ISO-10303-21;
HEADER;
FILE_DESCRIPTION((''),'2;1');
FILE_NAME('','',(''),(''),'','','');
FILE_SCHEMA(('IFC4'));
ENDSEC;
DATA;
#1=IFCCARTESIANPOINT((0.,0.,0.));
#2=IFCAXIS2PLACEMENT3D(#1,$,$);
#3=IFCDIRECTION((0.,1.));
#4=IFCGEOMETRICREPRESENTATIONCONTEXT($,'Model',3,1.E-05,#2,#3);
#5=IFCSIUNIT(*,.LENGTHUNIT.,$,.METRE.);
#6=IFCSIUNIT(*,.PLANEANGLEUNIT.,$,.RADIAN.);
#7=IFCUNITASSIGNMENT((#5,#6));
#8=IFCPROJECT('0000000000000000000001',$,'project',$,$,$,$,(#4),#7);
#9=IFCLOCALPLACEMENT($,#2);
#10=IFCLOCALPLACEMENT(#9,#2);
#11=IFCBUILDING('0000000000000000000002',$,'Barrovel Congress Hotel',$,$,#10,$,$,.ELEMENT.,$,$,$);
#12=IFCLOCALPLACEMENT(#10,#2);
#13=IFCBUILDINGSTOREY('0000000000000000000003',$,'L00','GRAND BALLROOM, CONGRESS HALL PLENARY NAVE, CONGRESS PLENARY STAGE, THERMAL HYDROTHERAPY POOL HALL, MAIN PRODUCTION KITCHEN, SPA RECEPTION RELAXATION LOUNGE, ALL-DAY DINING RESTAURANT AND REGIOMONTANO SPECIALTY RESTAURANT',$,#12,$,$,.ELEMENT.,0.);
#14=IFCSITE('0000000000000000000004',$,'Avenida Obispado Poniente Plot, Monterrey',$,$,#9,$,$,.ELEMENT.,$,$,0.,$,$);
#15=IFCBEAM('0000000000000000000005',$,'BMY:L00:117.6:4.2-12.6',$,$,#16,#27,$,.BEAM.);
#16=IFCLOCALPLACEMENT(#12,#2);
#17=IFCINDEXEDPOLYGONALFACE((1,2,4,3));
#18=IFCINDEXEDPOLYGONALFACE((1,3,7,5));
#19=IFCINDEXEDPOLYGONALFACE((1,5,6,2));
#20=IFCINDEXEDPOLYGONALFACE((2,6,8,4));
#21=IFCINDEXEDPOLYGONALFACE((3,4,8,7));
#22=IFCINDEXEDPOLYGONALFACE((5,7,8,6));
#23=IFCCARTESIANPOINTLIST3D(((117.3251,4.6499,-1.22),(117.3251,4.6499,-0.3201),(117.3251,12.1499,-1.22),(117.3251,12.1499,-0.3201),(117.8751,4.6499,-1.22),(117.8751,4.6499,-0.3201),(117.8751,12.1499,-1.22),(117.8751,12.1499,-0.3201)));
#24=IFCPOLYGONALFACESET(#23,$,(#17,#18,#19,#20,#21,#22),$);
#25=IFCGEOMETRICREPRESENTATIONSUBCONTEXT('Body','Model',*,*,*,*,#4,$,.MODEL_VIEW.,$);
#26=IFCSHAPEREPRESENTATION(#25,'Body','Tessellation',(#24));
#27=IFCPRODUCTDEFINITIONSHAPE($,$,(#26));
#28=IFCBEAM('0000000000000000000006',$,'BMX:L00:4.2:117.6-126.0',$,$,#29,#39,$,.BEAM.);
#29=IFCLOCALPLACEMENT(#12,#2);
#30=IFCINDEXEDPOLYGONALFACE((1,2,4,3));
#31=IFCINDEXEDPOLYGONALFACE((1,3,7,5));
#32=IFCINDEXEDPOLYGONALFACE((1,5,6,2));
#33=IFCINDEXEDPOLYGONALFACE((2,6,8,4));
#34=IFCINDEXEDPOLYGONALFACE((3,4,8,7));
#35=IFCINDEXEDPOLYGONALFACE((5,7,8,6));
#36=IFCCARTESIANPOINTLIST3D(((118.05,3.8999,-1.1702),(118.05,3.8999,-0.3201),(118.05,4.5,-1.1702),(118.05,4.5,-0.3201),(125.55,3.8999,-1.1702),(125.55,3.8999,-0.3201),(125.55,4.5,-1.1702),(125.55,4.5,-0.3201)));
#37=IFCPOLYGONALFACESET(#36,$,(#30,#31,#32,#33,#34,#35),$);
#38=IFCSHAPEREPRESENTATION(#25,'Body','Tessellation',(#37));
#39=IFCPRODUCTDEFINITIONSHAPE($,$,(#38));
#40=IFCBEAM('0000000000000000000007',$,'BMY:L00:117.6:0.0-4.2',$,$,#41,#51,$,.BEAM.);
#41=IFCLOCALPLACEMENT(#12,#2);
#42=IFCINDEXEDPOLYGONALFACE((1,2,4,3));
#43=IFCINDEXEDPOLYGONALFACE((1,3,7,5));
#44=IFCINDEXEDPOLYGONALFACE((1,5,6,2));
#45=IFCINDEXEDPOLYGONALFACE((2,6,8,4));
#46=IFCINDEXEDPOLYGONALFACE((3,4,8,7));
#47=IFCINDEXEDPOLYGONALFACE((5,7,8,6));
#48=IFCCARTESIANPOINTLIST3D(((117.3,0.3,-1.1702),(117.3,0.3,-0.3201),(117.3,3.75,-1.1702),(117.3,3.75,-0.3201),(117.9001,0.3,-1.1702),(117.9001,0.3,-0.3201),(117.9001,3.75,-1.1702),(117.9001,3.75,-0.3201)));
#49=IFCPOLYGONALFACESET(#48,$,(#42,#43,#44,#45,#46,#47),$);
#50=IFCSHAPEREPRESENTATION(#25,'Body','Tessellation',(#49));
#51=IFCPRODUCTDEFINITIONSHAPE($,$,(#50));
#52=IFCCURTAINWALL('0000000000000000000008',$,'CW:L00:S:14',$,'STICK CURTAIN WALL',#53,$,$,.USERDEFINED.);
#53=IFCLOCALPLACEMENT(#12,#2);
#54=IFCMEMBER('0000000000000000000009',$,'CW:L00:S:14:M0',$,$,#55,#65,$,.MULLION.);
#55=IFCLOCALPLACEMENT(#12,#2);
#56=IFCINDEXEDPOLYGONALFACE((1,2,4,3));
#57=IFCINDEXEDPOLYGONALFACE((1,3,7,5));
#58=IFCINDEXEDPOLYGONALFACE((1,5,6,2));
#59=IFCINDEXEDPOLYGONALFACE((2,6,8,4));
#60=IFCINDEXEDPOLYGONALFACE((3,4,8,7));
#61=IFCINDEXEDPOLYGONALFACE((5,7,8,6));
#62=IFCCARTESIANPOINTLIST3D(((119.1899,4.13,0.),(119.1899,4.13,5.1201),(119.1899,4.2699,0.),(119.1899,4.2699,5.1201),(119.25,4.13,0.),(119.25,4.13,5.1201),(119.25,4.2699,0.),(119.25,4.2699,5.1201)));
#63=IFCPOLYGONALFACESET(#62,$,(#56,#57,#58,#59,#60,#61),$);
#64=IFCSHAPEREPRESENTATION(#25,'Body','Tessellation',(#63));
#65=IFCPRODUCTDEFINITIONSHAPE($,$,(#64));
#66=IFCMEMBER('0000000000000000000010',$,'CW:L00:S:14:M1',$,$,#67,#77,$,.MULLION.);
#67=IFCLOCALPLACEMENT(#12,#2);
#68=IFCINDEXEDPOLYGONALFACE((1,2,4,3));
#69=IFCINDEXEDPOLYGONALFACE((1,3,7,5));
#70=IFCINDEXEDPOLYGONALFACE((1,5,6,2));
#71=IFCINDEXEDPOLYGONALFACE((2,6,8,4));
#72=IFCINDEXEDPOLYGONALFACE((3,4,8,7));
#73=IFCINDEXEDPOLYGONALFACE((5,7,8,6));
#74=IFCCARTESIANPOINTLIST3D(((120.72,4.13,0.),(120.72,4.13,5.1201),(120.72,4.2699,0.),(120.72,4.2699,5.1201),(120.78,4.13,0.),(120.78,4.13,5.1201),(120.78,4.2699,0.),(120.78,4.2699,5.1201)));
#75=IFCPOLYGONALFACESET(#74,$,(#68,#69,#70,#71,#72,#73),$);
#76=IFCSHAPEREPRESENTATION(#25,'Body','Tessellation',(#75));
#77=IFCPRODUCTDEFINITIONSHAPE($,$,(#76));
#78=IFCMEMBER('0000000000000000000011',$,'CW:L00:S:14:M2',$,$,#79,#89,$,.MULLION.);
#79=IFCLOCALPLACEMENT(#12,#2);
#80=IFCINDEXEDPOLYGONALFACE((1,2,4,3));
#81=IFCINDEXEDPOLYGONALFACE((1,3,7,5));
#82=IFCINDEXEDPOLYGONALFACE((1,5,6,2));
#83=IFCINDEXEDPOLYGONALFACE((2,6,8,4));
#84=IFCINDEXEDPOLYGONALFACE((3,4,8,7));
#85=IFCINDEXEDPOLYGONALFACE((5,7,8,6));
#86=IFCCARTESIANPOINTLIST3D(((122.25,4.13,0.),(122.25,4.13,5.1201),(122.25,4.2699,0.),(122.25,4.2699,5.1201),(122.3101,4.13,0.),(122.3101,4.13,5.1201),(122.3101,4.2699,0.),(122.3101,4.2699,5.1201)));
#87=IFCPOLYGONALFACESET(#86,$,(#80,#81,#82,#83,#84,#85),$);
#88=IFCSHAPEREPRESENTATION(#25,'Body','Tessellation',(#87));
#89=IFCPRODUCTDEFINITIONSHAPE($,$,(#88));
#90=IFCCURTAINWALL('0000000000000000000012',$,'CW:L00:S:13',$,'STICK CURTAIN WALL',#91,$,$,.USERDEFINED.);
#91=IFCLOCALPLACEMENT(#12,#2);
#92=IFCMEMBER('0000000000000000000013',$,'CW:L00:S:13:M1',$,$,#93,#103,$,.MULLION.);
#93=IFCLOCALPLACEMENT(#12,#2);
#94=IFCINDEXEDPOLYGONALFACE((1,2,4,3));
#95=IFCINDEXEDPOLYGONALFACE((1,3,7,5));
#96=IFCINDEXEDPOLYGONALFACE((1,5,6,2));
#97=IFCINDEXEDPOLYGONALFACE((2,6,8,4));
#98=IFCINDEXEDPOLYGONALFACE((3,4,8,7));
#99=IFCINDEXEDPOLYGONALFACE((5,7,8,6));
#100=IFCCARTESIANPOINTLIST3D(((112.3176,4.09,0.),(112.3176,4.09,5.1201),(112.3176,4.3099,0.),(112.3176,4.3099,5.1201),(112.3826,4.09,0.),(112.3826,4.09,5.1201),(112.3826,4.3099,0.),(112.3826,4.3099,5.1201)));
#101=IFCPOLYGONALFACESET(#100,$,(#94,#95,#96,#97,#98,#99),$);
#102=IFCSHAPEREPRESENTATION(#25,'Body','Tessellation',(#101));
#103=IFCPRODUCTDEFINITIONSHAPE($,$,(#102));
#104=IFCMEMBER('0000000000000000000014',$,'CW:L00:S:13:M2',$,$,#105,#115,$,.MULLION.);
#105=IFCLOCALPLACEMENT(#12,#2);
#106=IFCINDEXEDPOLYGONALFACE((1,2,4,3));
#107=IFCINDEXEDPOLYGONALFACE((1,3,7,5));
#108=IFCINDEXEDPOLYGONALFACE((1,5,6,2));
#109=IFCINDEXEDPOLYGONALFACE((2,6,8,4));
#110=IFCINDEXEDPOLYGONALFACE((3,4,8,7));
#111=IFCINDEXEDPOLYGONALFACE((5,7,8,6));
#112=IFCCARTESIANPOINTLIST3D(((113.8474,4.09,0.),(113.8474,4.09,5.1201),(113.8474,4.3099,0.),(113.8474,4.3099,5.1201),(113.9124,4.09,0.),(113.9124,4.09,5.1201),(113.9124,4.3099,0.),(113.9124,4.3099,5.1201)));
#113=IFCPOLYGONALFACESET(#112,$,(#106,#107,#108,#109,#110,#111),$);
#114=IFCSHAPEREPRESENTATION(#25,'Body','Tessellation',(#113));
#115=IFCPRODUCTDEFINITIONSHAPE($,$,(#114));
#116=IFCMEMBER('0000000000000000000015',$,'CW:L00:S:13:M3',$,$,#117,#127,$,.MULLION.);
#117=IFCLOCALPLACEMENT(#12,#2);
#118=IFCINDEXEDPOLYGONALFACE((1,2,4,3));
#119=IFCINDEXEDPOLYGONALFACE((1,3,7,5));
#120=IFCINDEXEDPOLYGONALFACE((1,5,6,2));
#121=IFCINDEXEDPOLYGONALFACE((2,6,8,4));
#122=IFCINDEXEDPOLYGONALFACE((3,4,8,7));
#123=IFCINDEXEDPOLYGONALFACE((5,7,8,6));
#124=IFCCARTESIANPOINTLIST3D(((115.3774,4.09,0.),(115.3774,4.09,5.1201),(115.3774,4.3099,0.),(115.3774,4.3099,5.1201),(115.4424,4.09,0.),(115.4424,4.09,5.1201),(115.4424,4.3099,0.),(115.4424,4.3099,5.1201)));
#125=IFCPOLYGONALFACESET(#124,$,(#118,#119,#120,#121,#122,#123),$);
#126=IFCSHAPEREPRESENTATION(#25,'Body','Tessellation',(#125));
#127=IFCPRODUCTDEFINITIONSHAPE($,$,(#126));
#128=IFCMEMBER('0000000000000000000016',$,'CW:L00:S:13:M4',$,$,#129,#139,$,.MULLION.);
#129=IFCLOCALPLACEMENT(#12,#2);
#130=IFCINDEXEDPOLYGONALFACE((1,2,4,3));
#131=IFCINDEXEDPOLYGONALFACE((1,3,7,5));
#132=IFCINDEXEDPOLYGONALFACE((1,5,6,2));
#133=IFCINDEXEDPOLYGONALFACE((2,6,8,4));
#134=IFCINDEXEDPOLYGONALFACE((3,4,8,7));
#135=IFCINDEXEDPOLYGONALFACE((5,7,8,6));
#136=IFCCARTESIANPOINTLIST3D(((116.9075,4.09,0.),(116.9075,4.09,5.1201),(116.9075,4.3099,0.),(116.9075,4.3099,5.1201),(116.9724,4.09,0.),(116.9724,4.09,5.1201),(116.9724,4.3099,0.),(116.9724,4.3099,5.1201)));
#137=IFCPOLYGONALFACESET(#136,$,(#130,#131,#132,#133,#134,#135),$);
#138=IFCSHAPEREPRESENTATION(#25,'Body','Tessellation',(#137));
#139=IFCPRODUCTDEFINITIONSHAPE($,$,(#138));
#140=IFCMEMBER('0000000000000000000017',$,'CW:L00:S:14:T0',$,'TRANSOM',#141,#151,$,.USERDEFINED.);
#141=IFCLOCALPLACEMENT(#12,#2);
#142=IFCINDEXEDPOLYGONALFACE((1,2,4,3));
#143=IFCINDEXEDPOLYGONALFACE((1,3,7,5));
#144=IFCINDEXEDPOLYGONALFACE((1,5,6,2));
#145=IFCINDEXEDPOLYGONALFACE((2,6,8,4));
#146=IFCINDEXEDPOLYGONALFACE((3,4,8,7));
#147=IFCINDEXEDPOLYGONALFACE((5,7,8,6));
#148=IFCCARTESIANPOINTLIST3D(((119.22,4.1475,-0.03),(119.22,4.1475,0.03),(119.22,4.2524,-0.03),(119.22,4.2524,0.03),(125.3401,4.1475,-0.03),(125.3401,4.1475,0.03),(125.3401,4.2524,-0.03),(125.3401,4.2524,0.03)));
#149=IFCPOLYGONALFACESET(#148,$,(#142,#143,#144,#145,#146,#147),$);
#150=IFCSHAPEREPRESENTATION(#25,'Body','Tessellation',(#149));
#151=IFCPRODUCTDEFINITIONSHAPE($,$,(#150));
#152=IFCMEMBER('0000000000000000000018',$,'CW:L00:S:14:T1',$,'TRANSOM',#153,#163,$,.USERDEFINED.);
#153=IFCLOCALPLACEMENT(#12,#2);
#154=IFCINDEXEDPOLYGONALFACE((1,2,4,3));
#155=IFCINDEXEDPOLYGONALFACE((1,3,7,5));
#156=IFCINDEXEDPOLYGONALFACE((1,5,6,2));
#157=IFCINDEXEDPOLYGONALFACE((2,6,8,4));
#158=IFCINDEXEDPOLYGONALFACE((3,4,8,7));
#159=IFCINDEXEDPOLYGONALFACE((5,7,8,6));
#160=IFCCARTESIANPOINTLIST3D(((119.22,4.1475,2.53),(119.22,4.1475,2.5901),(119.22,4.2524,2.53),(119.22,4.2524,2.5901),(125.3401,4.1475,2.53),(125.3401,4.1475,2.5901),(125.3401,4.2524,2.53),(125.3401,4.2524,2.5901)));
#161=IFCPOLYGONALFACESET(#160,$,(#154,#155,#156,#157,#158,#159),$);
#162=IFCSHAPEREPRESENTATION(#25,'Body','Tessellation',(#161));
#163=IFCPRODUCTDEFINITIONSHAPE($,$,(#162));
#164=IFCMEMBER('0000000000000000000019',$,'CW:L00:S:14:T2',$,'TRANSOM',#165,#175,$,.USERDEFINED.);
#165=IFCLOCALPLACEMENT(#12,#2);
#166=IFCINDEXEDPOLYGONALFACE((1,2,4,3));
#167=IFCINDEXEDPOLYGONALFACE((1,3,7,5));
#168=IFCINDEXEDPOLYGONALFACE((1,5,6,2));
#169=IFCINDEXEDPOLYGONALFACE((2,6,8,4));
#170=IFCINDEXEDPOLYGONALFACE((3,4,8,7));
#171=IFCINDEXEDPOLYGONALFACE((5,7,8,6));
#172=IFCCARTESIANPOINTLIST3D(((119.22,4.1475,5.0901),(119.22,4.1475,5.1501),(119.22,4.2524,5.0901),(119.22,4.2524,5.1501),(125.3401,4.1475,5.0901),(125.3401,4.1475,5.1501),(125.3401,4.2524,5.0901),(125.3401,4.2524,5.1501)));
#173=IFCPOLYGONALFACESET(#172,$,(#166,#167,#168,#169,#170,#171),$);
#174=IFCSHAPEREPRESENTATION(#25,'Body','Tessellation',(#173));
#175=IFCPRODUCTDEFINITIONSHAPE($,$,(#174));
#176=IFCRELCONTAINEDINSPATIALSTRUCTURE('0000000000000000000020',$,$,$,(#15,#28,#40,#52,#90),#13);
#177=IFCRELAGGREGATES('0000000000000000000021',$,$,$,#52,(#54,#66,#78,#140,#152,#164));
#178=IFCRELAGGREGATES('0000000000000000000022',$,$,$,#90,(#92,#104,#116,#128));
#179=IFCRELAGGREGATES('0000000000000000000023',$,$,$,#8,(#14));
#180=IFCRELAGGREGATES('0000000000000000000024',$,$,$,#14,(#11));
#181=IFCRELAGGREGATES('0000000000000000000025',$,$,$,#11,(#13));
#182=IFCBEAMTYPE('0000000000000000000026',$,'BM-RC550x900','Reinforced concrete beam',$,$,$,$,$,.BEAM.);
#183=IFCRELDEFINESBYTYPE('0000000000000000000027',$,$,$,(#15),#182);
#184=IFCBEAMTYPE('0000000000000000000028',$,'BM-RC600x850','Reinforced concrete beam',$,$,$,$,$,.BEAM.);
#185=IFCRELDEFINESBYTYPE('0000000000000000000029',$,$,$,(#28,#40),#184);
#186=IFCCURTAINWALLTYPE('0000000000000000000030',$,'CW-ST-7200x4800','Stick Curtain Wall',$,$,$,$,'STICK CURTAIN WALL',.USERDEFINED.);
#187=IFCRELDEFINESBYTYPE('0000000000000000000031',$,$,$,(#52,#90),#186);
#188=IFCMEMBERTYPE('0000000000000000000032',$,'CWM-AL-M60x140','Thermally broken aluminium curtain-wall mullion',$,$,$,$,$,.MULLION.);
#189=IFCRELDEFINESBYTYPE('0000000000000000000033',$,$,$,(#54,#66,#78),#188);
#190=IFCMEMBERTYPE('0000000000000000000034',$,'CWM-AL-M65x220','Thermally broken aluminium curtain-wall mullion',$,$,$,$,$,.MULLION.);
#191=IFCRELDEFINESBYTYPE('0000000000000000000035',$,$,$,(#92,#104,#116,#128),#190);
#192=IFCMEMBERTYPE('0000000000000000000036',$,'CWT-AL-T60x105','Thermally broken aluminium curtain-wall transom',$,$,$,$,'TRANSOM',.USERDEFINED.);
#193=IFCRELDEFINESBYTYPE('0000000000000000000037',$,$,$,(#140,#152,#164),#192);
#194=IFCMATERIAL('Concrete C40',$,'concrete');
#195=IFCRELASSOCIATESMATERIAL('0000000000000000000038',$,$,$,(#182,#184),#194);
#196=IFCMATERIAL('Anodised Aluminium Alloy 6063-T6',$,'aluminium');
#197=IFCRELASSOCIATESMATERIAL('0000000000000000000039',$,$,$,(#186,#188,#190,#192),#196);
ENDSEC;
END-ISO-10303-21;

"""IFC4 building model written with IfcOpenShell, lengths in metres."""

from ifc_helpers import new_model, si_unit, direction, frame, origin, origin_2d, place, context, subcontext, project, spatial, rectangle, extrude, material, material_profile, profile_set, type_object, element, aggregate, save


model = new_model("IFC4")

# Units and contexts
model_context = context("Model", 3, precision=1e-05, world=origin(), true_north=direction((0.0, 1.0)))
body_context = subcontext(model_context, "Body", "Model", "MODEL_VIEW")
ifc_project = project(units=[si_unit("LENGTHUNIT", "METRE"), si_unit("PLANEANGLEUNIT", "RADIAN")], contexts=[model_context])

# Site, building, storey
site_placement = place(None, origin())
site = spatial("IfcSite", under=ifc_project, at=site_placement, Name="Avenida Obispado Poniente Plot, Monterrey", CompositionType="ELEMENT", RefElevation=0.0)
building_placement = place(site_placement, origin())
building = spatial("IfcBuilding", under=site, at=building_placement, Name="Barrovel Congress Hotel", CompositionType="ELEMENT")
storey_placement = place(building_placement, origin())
storey = spatial("IfcBuildingStorey", under=building, at=storey_placement, Name="L00", Description="GRAND BALLROOM, CONGRESS HALL PLENARY NAVE, CONGRESS PLENARY STAGE, THERMAL HYDROTHERAPY POOL HALL, MAIN PRODUCTION KITCHEN, SPA RECEPTION RELAXATION LOUNGE, ALL-DAY DINING RESTAURANT AND REGIOMONTANO SPECIALTY RESTAURANT", CompositionType="ELEMENT", Elevation=0.0)

# Shared definitions
ifc_material_1 = material(Name="Concrete C40", Category="concrete")

# Beams
ifc_material_profile_1 = material_profile(ifc_material_1, rectangle(XDim=0.55, YDim=0.8999, at=origin_2d()), Name="RC550x900")
ifc_profile_set_1 = profile_set([ifc_material_profile_1], Name="Concrete C40")
beam_type_1 = type_object("IfcBeamType", Name="BM-RC550x900", Description="Reinforced concrete beam", PredefinedType="BEAM", material=ifc_profile_set_1)
beam_1_placement = place(storey_placement, frame((117.6001, 4.6499, -0.77), z_axis=(0.0, 1.0, 0.0), x_axis=(-1.0, 0.0, 0.0)))
element("IfcBeam", 1, at=beam_1_placement, inside=storey, type_object=beam_type_1, Name="BMY:L00:117.6:4.2-12.6", PredefinedType="BEAM", context=body_context, shape_type="SweptSolid", body=[
    extrude(rectangle(XDim=0.55, YDim=0.8999, at=origin_2d()), origin(), (0.0, 0.0, 1.0), 7.5),
])
ifc_material_profile_2 = material_profile(ifc_material_1, rectangle(XDim=0.6001, YDim=0.8501, at=origin_2d()), Name="RC600x850")
ifc_profile_set_2 = profile_set([ifc_material_profile_2], Name="Concrete C40")
beam_type_2 = type_object("IfcBeamType", Name="BM-RC600x850", Description="Reinforced concrete beam", PredefinedType="BEAM", material=ifc_profile_set_2)
beam_2_placement = place(storey_placement, frame((118.05, 4.2, -0.7451), z_axis=(1.0, 0.0, 0.0), x_axis=(0.0, 1.0, 0.0)))
element("IfcBeam", 2, at=beam_2_placement, inside=storey, type_object=beam_type_2, Name="BMX:L00:4.2:117.6-126.0", PredefinedType="BEAM", context=body_context, shape_type="SweptSolid", body=[
    extrude(rectangle(XDim=0.6001, YDim=0.8501, at=origin_2d()), origin(), (0.0, 0.0, 1.0), 7.5),
])
beam_3_placement = place(storey_placement, frame((117.6001, 0.3, -0.7451), z_axis=(0.0, 1.0, 0.0), x_axis=(-1.0, 0.0, 0.0)))
element("IfcBeam", 3, at=beam_3_placement, inside=storey, type_object=beam_type_2, Name="BMY:L00:117.6:0.0-4.2", PredefinedType="BEAM", context=body_context, shape_type="SweptSolid", body=[
    extrude(rectangle(XDim=0.6001, YDim=0.8501, at=origin_2d()), origin(), (0.0, 0.0, 1.0), 3.45),
])

# Curtain walls, members
ifc_material_2 = material(Name="Anodised Aluminium Alloy 6063-T6", Category="aluminium")
curtain_wall_type = type_object("IfcCurtainWallType", Name="CW-ST-7200x4800", Description="Stick Curtain Wall", ElementType="STICK CURTAIN WALL", PredefinedType="USERDEFINED", material=ifc_material_2)
curtain_wall_1_placement = place(storey_placement, origin())
curtain_wall_1 = element("IfcCurtainWall", 4, at=curtain_wall_1_placement, inside=storey, type_object=curtain_wall_type, Name="CW:L00:S:14", ObjectType="STICK CURTAIN WALL", PredefinedType="USERDEFINED")
ifc_material_profile_3 = material_profile(ifc_material_2, rectangle(XDim=0.0601, YDim=0.1399, at=origin_2d()), Name="AL-M60x140")
ifc_profile_set_3 = profile_set([ifc_material_profile_3], Name="Anodised Aluminium Alloy 6063-T6")
member_type_1 = type_object("IfcMemberType", Name="CWM-AL-M60x140", Description="Thermally broken aluminium curtain-wall mullion", PredefinedType="MULLION", material=ifc_profile_set_3)
member_1_placement = place(storey_placement, frame((119.22, 4.2, 0.0), z_axis=(0.0, 0.0, 1.0), x_axis=(1.0, 0.0, 0.0)))
member_1 = element("IfcMember", 5, at=member_1_placement, type_object=member_type_1, Name="CW:L00:S:14:M0", PredefinedType="MULLION", context=body_context, shape_type="SweptSolid", body=[
    extrude(rectangle(XDim=0.0601, YDim=0.1399, at=origin_2d()), origin(), (0.0, 0.0, 1.0), 5.1201),
])
member_2_placement = place(storey_placement, frame((120.75, 4.2, 0.0), z_axis=(0.0, 0.0, 1.0), x_axis=(1.0, 0.0, 0.0)))
member_2 = element("IfcMember", 6, at=member_2_placement, type_object=member_type_1, Name="CW:L00:S:14:M1", PredefinedType="MULLION", context=body_context, shape_type="SweptSolid", body=[
    extrude(rectangle(XDim=0.0601, YDim=0.1399, at=origin_2d()), origin(), (0.0, 0.0, 1.0), 5.1201),
])
member_3_placement = place(storey_placement, frame((122.28, 4.2, 0.0), z_axis=(0.0, 0.0, 1.0), x_axis=(1.0, 0.0, 0.0)))
member_3 = element("IfcMember", 7, at=member_3_placement, type_object=member_type_1, Name="CW:L00:S:14:M2", PredefinedType="MULLION", context=body_context, shape_type="SweptSolid", body=[
    extrude(rectangle(XDim=0.0601, YDim=0.1399, at=origin_2d()), origin(), (0.0, 0.0, 1.0), 5.1201),
])
curtain_wall_2_placement = place(storey_placement, origin())
curtain_wall_2 = element("IfcCurtainWall", 8, at=curtain_wall_2_placement, inside=storey, type_object=curtain_wall_type, Name="CW:L00:S:13", ObjectType="STICK CURTAIN WALL", PredefinedType="USERDEFINED")
ifc_material_profile_4 = material_profile(ifc_material_2, rectangle(XDim=0.0649, YDim=0.22, at=origin_2d()), Name="AL-M65x220")
ifc_profile_set_4 = profile_set([ifc_material_profile_4], Name="Anodised Aluminium Alloy 6063-T6")
member_type_2 = type_object("IfcMemberType", Name="CWM-AL-M65x220", Description="Thermally broken aluminium curtain-wall mullion", PredefinedType="MULLION", material=ifc_profile_set_4)
member_4_placement = place(storey_placement, frame((112.3501, 4.2, 0.0), z_axis=(0.0, 0.0, 1.0), x_axis=(1.0, 0.0, 0.0)))
member_4 = element("IfcMember", 9, at=member_4_placement, type_object=member_type_2, Name="CW:L00:S:13:M1", PredefinedType="MULLION", context=body_context, shape_type="SweptSolid", body=[
    extrude(rectangle(XDim=0.0649, YDim=0.22, at=origin_2d()), origin(), (0.0, 0.0, 1.0), 5.1201),
])
member_5_placement = place(storey_placement, frame((113.8799, 4.2, 0.0), z_axis=(0.0, 0.0, 1.0), x_axis=(1.0, 0.0, 0.0)))
member_5 = element("IfcMember", 10, at=member_5_placement, type_object=member_type_2, Name="CW:L00:S:13:M2", PredefinedType="MULLION", context=body_context, shape_type="SweptSolid", body=[
    extrude(rectangle(XDim=0.0649, YDim=0.22, at=origin_2d()), origin(), (0.0, 0.0, 1.0), 5.1201),
])
member_6_placement = place(storey_placement, frame((115.4099, 4.2, 0.0), z_axis=(0.0, 0.0, 1.0), x_axis=(1.0, 0.0, 0.0)))
member_6 = element("IfcMember", 11, at=member_6_placement, type_object=member_type_2, Name="CW:L00:S:13:M3", PredefinedType="MULLION", context=body_context, shape_type="SweptSolid", body=[
    extrude(rectangle(XDim=0.0649, YDim=0.22, at=origin_2d()), origin(), (0.0, 0.0, 1.0), 5.1201),
])
member_7_placement = place(storey_placement, frame((116.9399, 4.2, 0.0), z_axis=(0.0, 0.0, 1.0), x_axis=(1.0, 0.0, 0.0)))
member_7 = element("IfcMember", 12, at=member_7_placement, type_object=member_type_2, Name="CW:L00:S:13:M4", PredefinedType="MULLION", context=body_context, shape_type="SweptSolid", body=[
    extrude(rectangle(XDim=0.0649, YDim=0.22, at=origin_2d()), origin(), (0.0, 0.0, 1.0), 5.1201),
])

# Members
ifc_material_profile_5 = material_profile(ifc_material_2, rectangle(XDim=0.105, YDim=0.0601, at=origin_2d()), Name="AL-T60x105")
ifc_profile_set_5 = profile_set([ifc_material_profile_5], Name="Anodised Aluminium Alloy 6063-T6")
member_type_3 = type_object("IfcMemberType", Name="CWT-AL-T60x105", Description="Thermally broken aluminium curtain-wall transom", ElementType="TRANSOM", PredefinedType="USERDEFINED", material=ifc_profile_set_5)
member_8_placement = place(storey_placement, frame((119.22, 4.2, 0.0), z_axis=(1.0, 0.0, 0.0), x_axis=(0.0, 1.0, 0.0)))
member_8 = element("IfcMember", 13, at=member_8_placement, type_object=member_type_3, Name="CW:L00:S:14:T0", ObjectType="TRANSOM", PredefinedType="USERDEFINED", context=body_context, shape_type="SweptSolid", body=[
    extrude(rectangle(XDim=0.105, YDim=0.0601, at=origin_2d()), origin(), (0.0, 0.0, 1.0), 6.1201),
])
member_9_placement = place(storey_placement, frame((119.22, 4.2, 2.5601), z_axis=(1.0, 0.0, 0.0), x_axis=(0.0, 1.0, 0.0)))
member_9 = element("IfcMember", 14, at=member_9_placement, type_object=member_type_3, Name="CW:L00:S:14:T1", ObjectType="TRANSOM", PredefinedType="USERDEFINED", context=body_context, shape_type="SweptSolid", body=[
    extrude(rectangle(XDim=0.105, YDim=0.0601, at=origin_2d()), origin(), (0.0, 0.0, 1.0), 6.1201),
])
member_10_placement = place(storey_placement, frame((119.22, 4.2, 5.1201), z_axis=(1.0, 0.0, 0.0), x_axis=(0.0, 1.0, 0.0)))
member_10 = element("IfcMember", 15, at=member_10_placement, type_object=member_type_3, Name="CW:L00:S:14:T2", ObjectType="TRANSOM", PredefinedType="USERDEFINED", context=body_context, shape_type="SweptSolid", body=[
    extrude(rectangle(XDim=0.105, YDim=0.0601, at=origin_2d()), origin(), (0.0, 0.0, 1.0), 6.1201),
])

aggregate(curtain_wall_1, [member_1, member_2, member_3, member_8, member_9, member_10])
aggregate(curtain_wall_2, [member_4, member_5, member_6, member_7])

save(model, "model.ifc")
